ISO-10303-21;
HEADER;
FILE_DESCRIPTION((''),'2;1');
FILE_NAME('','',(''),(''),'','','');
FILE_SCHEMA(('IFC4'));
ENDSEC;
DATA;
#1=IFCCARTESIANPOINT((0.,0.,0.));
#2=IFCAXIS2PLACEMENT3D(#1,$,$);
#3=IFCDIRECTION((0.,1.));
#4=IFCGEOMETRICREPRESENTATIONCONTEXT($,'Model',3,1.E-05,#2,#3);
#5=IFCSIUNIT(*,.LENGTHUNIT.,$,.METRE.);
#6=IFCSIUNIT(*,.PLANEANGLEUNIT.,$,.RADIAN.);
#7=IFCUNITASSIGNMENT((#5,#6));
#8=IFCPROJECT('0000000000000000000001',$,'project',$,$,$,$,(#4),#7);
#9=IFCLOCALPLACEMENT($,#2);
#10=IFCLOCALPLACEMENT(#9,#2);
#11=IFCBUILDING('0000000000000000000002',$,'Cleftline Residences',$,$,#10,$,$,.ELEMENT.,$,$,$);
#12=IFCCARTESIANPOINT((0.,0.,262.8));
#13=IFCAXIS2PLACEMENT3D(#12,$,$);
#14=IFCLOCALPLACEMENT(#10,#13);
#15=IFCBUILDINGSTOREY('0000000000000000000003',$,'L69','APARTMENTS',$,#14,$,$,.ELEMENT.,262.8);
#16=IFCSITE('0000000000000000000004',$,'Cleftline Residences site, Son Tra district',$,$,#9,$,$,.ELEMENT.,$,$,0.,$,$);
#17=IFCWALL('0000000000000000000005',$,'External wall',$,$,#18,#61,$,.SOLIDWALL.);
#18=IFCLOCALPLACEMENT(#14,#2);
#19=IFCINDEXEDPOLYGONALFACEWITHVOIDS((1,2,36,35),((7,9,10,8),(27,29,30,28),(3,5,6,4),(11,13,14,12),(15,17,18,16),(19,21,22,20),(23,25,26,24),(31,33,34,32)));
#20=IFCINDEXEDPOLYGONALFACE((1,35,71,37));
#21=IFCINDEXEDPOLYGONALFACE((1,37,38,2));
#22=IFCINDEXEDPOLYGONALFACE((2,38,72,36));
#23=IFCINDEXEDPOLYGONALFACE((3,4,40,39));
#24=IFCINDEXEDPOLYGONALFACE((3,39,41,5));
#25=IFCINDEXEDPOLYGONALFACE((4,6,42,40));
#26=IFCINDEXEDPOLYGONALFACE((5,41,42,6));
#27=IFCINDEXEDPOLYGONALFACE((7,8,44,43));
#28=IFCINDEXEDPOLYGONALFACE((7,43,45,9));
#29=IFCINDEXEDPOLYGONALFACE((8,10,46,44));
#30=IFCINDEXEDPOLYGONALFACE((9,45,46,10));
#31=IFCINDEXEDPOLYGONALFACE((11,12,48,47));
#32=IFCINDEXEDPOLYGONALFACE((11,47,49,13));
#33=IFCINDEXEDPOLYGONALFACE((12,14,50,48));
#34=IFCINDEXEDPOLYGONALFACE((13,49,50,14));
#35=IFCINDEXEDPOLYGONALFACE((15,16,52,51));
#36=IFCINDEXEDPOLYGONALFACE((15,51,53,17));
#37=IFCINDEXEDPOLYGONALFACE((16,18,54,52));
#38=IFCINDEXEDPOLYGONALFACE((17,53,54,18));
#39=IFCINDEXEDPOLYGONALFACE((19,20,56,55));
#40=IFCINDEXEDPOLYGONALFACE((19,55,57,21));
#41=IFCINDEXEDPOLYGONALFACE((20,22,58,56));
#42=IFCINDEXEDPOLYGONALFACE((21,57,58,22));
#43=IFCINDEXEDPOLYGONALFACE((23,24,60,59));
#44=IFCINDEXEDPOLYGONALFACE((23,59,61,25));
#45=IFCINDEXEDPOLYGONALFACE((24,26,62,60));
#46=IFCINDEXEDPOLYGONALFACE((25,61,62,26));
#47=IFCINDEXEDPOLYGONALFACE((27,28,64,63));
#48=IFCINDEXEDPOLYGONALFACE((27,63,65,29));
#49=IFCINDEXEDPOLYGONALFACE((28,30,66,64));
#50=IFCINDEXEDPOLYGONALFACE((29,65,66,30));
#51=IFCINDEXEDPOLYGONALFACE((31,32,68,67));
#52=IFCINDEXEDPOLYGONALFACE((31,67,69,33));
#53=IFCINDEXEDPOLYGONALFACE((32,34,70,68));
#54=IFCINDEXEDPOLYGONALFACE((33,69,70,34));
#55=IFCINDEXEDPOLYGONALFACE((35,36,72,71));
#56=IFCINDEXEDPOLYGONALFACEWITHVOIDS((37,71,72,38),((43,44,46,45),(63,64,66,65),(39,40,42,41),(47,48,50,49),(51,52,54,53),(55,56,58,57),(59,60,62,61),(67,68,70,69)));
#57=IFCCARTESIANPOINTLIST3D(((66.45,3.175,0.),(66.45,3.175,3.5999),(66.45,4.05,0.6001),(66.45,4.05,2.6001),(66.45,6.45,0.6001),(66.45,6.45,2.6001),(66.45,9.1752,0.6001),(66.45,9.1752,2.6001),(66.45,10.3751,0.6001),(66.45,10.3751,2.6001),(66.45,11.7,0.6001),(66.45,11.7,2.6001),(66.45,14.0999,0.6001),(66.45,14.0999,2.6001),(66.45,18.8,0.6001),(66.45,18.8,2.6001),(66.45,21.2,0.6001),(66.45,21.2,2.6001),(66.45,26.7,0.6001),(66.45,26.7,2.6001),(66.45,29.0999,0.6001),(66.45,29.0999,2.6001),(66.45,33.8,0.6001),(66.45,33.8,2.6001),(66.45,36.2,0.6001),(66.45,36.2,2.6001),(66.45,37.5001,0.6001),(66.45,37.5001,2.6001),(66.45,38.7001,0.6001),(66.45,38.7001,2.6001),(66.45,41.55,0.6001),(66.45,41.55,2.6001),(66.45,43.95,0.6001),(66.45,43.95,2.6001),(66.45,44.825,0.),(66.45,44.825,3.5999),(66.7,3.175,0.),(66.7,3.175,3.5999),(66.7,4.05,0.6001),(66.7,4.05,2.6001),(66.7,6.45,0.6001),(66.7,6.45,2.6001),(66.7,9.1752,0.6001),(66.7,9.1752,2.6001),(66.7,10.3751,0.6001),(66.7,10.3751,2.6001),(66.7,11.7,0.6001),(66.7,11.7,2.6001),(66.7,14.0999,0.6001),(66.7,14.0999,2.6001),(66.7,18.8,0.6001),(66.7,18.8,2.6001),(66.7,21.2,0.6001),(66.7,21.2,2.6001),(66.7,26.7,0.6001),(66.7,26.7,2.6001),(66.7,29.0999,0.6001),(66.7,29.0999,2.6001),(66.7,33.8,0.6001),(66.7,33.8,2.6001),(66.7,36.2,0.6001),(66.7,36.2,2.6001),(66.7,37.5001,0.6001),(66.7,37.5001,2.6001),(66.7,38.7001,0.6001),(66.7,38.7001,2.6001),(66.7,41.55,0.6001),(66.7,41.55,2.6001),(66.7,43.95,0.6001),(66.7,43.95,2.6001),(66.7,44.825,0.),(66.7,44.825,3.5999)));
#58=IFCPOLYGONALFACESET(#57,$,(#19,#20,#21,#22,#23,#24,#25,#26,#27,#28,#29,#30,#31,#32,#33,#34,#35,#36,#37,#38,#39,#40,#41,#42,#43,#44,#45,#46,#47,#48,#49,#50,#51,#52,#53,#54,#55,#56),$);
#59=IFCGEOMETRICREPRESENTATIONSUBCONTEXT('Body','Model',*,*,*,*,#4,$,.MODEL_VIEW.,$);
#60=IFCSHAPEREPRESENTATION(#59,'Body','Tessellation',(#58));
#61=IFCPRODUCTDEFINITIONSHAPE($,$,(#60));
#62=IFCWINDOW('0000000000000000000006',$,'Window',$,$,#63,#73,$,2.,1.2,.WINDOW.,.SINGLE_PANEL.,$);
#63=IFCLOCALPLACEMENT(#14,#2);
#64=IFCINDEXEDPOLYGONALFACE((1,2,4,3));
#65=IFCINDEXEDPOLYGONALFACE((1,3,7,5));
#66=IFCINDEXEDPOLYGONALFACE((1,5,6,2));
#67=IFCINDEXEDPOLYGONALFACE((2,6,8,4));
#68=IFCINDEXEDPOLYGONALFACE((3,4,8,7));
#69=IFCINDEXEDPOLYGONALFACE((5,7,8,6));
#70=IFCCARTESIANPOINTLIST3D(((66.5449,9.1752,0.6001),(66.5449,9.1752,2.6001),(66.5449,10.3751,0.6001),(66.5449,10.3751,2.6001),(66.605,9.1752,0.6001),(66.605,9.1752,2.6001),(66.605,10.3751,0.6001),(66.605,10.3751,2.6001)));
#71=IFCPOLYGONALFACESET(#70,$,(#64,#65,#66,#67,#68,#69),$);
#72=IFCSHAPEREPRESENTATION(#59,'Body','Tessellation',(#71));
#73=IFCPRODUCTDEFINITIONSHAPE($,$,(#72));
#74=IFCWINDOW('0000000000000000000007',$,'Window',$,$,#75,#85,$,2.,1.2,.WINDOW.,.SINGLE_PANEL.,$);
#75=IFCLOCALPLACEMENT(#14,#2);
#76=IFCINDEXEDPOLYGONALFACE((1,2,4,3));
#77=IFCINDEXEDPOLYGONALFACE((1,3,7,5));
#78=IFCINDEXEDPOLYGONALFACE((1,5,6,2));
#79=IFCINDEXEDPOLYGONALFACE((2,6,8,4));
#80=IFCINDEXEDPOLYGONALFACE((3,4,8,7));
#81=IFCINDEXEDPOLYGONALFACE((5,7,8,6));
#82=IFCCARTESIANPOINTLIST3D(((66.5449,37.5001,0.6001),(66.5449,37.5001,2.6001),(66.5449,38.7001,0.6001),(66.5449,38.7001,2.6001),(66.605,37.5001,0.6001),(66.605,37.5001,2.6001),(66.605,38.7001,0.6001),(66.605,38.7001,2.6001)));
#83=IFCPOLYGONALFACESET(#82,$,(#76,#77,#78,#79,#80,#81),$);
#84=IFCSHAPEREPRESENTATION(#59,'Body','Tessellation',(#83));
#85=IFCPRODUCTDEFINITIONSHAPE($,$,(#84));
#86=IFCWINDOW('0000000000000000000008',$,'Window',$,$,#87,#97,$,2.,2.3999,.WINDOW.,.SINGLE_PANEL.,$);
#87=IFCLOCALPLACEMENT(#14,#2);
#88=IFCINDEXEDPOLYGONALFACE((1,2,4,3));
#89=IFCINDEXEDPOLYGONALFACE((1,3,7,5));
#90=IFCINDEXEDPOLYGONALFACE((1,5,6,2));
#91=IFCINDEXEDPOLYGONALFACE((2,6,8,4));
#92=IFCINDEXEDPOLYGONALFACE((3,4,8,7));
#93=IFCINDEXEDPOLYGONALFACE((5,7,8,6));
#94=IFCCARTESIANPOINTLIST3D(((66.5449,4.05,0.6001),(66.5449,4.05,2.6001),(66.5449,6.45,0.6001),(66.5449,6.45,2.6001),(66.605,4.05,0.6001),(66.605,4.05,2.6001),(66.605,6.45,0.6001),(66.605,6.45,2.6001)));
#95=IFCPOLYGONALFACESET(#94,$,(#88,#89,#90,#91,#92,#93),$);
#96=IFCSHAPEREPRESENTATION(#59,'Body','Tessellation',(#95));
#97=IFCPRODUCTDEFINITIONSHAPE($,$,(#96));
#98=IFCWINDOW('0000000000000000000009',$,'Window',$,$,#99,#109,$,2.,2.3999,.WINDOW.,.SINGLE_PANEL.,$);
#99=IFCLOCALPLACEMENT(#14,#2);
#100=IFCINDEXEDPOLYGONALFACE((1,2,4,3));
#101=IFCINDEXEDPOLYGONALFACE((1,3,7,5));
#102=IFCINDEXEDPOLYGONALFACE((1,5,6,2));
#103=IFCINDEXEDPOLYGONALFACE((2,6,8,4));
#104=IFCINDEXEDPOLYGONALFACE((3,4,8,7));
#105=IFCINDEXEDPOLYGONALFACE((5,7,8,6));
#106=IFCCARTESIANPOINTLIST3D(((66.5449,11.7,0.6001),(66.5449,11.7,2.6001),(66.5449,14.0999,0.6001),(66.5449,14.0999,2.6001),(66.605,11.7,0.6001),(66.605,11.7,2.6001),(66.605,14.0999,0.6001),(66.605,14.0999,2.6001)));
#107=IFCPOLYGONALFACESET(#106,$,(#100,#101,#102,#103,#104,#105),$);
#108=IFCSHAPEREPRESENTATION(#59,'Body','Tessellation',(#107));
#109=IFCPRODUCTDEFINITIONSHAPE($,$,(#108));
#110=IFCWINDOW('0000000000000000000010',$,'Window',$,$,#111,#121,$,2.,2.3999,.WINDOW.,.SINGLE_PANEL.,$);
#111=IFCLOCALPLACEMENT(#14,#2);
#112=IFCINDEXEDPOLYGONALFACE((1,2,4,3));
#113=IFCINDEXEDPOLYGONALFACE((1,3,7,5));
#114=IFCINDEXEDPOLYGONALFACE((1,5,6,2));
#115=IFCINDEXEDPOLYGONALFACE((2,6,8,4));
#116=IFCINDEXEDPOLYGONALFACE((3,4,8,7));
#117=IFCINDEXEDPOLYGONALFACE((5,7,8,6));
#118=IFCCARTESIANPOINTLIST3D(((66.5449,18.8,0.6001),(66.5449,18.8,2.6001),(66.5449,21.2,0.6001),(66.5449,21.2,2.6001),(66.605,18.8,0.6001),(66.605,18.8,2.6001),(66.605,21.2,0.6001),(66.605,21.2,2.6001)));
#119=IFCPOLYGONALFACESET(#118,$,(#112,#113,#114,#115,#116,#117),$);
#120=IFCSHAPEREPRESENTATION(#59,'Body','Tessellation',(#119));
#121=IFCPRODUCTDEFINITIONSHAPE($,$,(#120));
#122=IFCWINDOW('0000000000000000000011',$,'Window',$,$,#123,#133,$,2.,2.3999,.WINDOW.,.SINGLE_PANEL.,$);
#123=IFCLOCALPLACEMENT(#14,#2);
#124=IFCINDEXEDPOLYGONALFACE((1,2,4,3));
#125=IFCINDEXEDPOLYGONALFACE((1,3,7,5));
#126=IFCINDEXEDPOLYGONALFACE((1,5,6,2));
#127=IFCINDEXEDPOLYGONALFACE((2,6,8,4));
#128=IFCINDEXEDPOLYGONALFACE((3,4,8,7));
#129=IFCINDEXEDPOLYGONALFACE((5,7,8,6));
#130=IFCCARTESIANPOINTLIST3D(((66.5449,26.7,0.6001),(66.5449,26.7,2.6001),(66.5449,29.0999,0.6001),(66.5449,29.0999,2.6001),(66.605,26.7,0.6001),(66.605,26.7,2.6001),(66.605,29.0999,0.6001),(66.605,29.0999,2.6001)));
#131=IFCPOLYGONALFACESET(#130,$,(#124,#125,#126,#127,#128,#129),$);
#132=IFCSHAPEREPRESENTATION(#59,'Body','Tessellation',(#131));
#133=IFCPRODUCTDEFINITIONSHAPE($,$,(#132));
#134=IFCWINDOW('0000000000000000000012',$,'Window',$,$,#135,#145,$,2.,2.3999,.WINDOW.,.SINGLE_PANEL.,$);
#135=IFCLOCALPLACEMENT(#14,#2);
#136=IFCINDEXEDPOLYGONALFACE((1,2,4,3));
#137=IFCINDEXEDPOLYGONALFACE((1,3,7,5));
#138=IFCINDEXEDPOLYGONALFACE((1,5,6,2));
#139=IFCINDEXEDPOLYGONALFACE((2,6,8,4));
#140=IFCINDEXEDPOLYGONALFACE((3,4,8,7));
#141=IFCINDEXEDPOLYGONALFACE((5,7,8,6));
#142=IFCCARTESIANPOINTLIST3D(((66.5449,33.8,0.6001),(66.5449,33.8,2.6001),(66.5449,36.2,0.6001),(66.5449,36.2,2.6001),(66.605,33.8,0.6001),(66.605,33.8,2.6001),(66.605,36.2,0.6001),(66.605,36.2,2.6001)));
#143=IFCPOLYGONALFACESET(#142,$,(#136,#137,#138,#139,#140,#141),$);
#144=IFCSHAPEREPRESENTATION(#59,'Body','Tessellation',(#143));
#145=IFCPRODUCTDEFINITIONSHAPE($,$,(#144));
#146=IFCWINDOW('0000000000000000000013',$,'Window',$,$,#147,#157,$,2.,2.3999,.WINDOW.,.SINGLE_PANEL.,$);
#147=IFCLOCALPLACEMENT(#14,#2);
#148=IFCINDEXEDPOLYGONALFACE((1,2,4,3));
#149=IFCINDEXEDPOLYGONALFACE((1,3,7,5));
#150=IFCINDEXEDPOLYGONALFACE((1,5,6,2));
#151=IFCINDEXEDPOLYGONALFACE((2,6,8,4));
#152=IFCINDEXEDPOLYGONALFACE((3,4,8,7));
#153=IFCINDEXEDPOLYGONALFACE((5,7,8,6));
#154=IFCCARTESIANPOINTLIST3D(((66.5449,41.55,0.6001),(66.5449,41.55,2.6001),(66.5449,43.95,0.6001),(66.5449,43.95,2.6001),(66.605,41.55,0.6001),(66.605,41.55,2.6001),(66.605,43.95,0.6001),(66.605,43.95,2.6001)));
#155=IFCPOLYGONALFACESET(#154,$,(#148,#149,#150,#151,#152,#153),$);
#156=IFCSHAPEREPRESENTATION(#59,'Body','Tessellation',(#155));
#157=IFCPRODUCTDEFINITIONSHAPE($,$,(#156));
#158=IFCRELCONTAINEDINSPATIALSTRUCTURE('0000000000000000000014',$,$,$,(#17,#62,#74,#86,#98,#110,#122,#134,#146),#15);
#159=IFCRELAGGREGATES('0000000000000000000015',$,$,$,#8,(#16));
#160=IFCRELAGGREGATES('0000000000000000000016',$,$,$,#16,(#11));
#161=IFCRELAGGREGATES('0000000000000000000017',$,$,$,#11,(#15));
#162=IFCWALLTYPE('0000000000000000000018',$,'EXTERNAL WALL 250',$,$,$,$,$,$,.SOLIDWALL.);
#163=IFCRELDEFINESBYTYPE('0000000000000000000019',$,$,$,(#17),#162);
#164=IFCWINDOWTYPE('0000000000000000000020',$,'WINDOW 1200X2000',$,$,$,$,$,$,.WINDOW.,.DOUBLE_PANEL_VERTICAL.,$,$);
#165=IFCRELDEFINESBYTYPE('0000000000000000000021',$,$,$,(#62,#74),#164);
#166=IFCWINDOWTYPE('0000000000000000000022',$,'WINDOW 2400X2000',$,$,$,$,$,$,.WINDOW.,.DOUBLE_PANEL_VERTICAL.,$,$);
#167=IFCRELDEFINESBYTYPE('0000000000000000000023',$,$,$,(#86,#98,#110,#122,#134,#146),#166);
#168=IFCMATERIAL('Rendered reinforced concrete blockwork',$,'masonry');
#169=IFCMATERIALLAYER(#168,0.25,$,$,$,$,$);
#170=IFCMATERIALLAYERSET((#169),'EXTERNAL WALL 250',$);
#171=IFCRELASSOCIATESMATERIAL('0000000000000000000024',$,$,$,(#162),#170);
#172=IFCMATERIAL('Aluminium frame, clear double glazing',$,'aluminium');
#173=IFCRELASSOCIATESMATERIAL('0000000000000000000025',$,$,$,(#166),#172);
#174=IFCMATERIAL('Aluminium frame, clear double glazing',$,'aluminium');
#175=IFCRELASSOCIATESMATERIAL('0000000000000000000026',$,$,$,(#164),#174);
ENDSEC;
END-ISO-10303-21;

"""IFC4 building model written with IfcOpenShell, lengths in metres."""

from ifc_helpers import new_model, si_unit, direction, frame, frame_2d, origin, place, context, subcontext, project, spatial, rectangle, extrude, material, layer, layer_set, type_object, element, fill, save


model = new_model("IFC4")

# Units and contexts
model_context = context("Model", 3, precision=1e-05, world=origin(), true_north=direction((0.0, 1.0)))
body_context = subcontext(model_context, "Body", "Model", "MODEL_VIEW")
ifc_project = project(units=[si_unit("LENGTHUNIT", "METRE"), si_unit("PLANEANGLEUNIT", "RADIAN")], contexts=[model_context])

# Site, building, storey
site_placement = place(None, origin())
site = spatial("IfcSite", under=ifc_project, at=site_placement, Name="Cleftline Residences site, Son Tra district", CompositionType="ELEMENT", RefElevation=0.0)
building_placement = place(site_placement, origin())
building = spatial("IfcBuilding", under=site, at=building_placement, Name="Cleftline Residences", CompositionType="ELEMENT")
storey_placement = place(building_placement, frame((0.0, 0.0, 262.8)))
storey = spatial("IfcBuildingStorey", under=building, at=storey_placement, Name="L69", Description="APARTMENTS", CompositionType="ELEMENT", Elevation=262.8)

# Shared definitions
ifc_material_1 = material(Name="Rendered reinforced concrete blockwork", Category="masonry")
ifc_layer_1 = layer(ifc_material_1, 0.25)
ifc_layer_set_1 = layer_set([ifc_layer_1], Name="EXTERNAL WALL 250")
wall_type = type_object("IfcWallType", Name="EXTERNAL WALL 250", PredefinedType="SOLIDWALL", material=ifc_layer_set_1)
ifc_material_2 = material(Name="Aluminium frame, clear double glazing", Category="aluminium")
window_type_1 = type_object("IfcWindowType", Name="WINDOW 2400X2000", PartitioningType="DOUBLE_PANEL_VERTICAL", PredefinedType="WINDOW", material=ifc_material_2)

# Wall, openings, windows
wall_1_placement = place(storey_placement, frame((66.575, 3.175, 0.0), z_axis=(0.0, 0.0, 1.0), x_axis=(0.0, 1.0, 0.0)))
wall_1 = element("IfcWall", 1, at=wall_1_placement, inside=storey, type_object=wall_type, Name="External wall", PredefinedType="SOLIDWALL", context=body_context, shape_type="SweptSolid", body=[
    extrude(rectangle(XDim=41.6499, YDim=0.25, at=frame_2d((20.825, 0.0))), origin(), (0.0, 0.0, 1.0), 3.5999),
])
opening_1_placement = place(wall_1_placement, frame((0.875, 0.0, 0.6001)))
opening_1 = element("IfcOpeningElement", 2, at=opening_1_placement, cuts=wall_1, PredefinedType="OPENING", context=body_context, shape_type="SweptSolid", body=[
    extrude(rectangle(XDim=2.3999, YDim=2.0, at=frame_2d((1.2, 1.0))), frame((0.0, 0.135, 0.0), z_axis=(0.0, -1.0, 0.0), x_axis=(1.0, 0.0, 0.0)), (0.0, 0.0, 1.0), 0.27),
])
opening_2_placement = place(wall_1_placement, frame((6.0, 0.0, 0.6001)))
opening_2 = element("IfcOpeningElement", 3, at=opening_2_placement, cuts=wall_1, PredefinedType="OPENING", context=body_context, shape_type="SweptSolid", body=[
    extrude(rectangle(XDim=1.2, YDim=2.0, at=frame_2d((0.6001, 1.0))), frame((0.0, 0.135, 0.0), z_axis=(0.0, -1.0, 0.0), x_axis=(1.0, 0.0, 0.0)), (0.0, 0.0, 1.0), 0.27),
])
opening_3_placement = place(wall_1_placement, frame((8.5249, 0.0, 0.6001)))
opening_3 = element("IfcOpeningElement", 4, at=opening_3_placement, cuts=wall_1, PredefinedType="OPENING", context=body_context, shape_type="SweptSolid", body=[
    extrude(rectangle(XDim=2.3999, YDim=2.0, at=frame_2d((1.2, 1.0))), frame((0.0, 0.135, 0.0), z_axis=(0.0, -1.0, 0.0), x_axis=(1.0, 0.0, 0.0)), (0.0, 0.0, 1.0), 0.27),
])
opening_4_placement = place(wall_1_placement, frame((15.625, 0.0, 0.6001)))
opening_4 = element("IfcOpeningElement", 5, at=opening_4_placement, cuts=wall_1, PredefinedType="OPENING", context=body_context, shape_type="SweptSolid", body=[
    extrude(rectangle(XDim=2.3999, YDim=2.0, at=frame_2d((1.2, 1.0))), frame((0.0, 0.135, 0.0), z_axis=(0.0, -1.0, 0.0), x_axis=(1.0, 0.0, 0.0)), (0.0, 0.0, 1.0), 0.27),
])
opening_5_placement = place(wall_1_placement, frame((23.5249, 0.0, 0.6001)))
opening_5 = element("IfcOpeningElement", 6, at=opening_5_placement, cuts=wall_1, PredefinedType="OPENING", context=body_context, shape_type="SweptSolid", body=[
    extrude(rectangle(XDim=2.3999, YDim=2.0, at=frame_2d((1.2, 1.0))), frame((0.0, 0.135, 0.0), z_axis=(0.0, -1.0, 0.0), x_axis=(1.0, 0.0, 0.0)), (0.0, 0.0, 1.0), 0.27),
])
opening_6_placement = place(wall_1_placement, frame((30.625, 0.0, 0.6001)))
opening_6 = element("IfcOpeningElement", 7, at=opening_6_placement, cuts=wall_1, PredefinedType="OPENING", context=body_context, shape_type="SweptSolid", body=[
    extrude(rectangle(XDim=2.3999, YDim=2.0, at=frame_2d((1.2, 1.0))), frame((0.0, 0.135, 0.0), z_axis=(0.0, -1.0, 0.0), x_axis=(1.0, 0.0, 0.0)), (0.0, 0.0, 1.0), 0.27),
])
opening_7_placement = place(wall_1_placement, frame((34.325, 0.0, 0.6001)))
opening_7 = element("IfcOpeningElement", 8, at=opening_7_placement, cuts=wall_1, PredefinedType="OPENING", context=body_context, shape_type="SweptSolid", body=[
    extrude(rectangle(XDim=1.2, YDim=2.0, at=frame_2d((0.6001, 1.0))), frame((0.0, 0.135, 0.0), z_axis=(0.0, -1.0, 0.0), x_axis=(1.0, 0.0, 0.0)), (0.0, 0.0, 1.0), 0.27),
])
opening_8_placement = place(wall_1_placement, frame((38.375, 0.0, 0.6001)))
opening_8 = element("IfcOpeningElement", 9, at=opening_8_placement, cuts=wall_1, PredefinedType="OPENING", context=body_context, shape_type="SweptSolid", body=[
    extrude(rectangle(XDim=2.3999, YDim=2.0, at=frame_2d((1.2, 1.0))), frame((0.0, 0.135, 0.0), z_axis=(0.0, -1.0, 0.0), x_axis=(1.0, 0.0, 0.0)), (0.0, 0.0, 1.0), 0.27),
])
ifc_material_3 = material(Name="Aluminium frame, clear double glazing", Category="aluminium")
window_type_2 = type_object("IfcWindowType", Name="WINDOW 1200X2000", PartitioningType="DOUBLE_PANEL_VERTICAL", PredefinedType="WINDOW", material=ifc_material_3)
window_1_placement = place(opening_2_placement, origin())
window_1 = element("IfcWindow", 10, at=window_1_placement, inside=storey, type_object=window_type_2, Name="Window", OverallHeight=2.0, OverallWidth=1.2, PartitioningType="SINGLE_PANEL", PredefinedType="WINDOW", context=body_context, shape_type="SweptSolid", body=[
    extrude(rectangle(XDim=1.2, YDim=2.0, at=frame_2d((0.6001, 1.0))), frame((0.0, 0.03, 0.0), z_axis=(0.0, -1.0, 0.0), x_axis=(1.0, 0.0, 0.0)), (0.0, 0.0, 1.0), 0.0601),
])
fill(opening_2, window_1)
window_2_placement = place(opening_7_placement, origin())
window_2 = element("IfcWindow", 11, at=window_2_placement, inside=storey, type_object=window_type_2, Name="Window", OverallHeight=2.0, OverallWidth=1.2, PartitioningType="SINGLE_PANEL", PredefinedType="WINDOW", context=body_context, shape_type="SweptSolid", body=[
    extrude(rectangle(XDim=1.2, YDim=2.0, at=frame_2d((0.6001, 1.0))), frame((0.0, 0.03, 0.0), z_axis=(0.0, -1.0, 0.0), x_axis=(1.0, 0.0, 0.0)), (0.0, 0.0, 1.0), 0.0601),
])
fill(opening_7, window_2)
window_3_placement = place(opening_1_placement, origin())
window_3 = element("IfcWindow", 12, at=window_3_placement, inside=storey, type_object=window_type_1, Name="Window", OverallHeight=2.0, OverallWidth=2.3999, PartitioningType="SINGLE_PANEL", PredefinedType="WINDOW", context=body_context, shape_type="SweptSolid", body=[
    extrude(rectangle(XDim=2.3999, YDim=2.0, at=frame_2d((1.2, 1.0))), frame((0.0, 0.03, 0.0), z_axis=(0.0, -1.0, 0.0), x_axis=(1.0, 0.0, 0.0)), (0.0, 0.0, 1.0), 0.0601),
])
fill(opening_1, window_3)
window_4_placement = place(opening_3_placement, origin())
window_4 = element("IfcWindow", 13, at=window_4_placement, inside=storey, type_object=window_type_1, Name="Window", OverallHeight=2.0, OverallWidth=2.3999, PartitioningType="SINGLE_PANEL", PredefinedType="WINDOW", context=body_context, shape_type="SweptSolid", body=[
    extrude(rectangle(XDim=2.3999, YDim=2.0, at=frame_2d((1.2, 1.0))), frame((0.0, 0.03, 0.0), z_axis=(0.0, -1.0, 0.0), x_axis=(1.0, 0.0, 0.0)), (0.0, 0.0, 1.0), 0.0601),
])
fill(opening_3, window_4)
window_5_placement = place(opening_4_placement, origin())
window_5 = element("IfcWindow", 14, at=window_5_placement, inside=storey, type_object=window_type_1, Name="Window", OverallHeight=2.0, OverallWidth=2.3999, PartitioningType="SINGLE_PANEL", PredefinedType="WINDOW", context=body_context, shape_type="SweptSolid", body=[
    extrude(rectangle(XDim=2.3999, YDim=2.0, at=frame_2d((1.2, 1.0))), frame((0.0, 0.03, 0.0), z_axis=(0.0, -1.0, 0.0), x_axis=(1.0, 0.0, 0.0)), (0.0, 0.0, 1.0), 0.0601),
])
fill(opening_4, window_5)
window_6_placement = place(opening_5_placement, origin())
window_6 = element("IfcWindow", 15, at=window_6_placement, inside=storey, type_object=window_type_1, Name="Window", OverallHeight=2.0, OverallWidth=2.3999, PartitioningType="SINGLE_PANEL", PredefinedType="WINDOW", context=body_context, shape_type="SweptSolid", body=[
    extrude(rectangle(XDim=2.3999, YDim=2.0, at=frame_2d((1.2, 1.0))), frame((0.0, 0.03, 0.0), z_axis=(0.0, -1.0, 0.0), x_axis=(1.0, 0.0, 0.0)), (0.0, 0.0, 1.0), 0.0601),
])
fill(opening_5, window_6)
window_7_placement = place(opening_6_placement, origin())
window_7 = element("IfcWindow", 16, at=window_7_placement, inside=storey, type_object=window_type_1, Name="Window", OverallHeight=2.0, OverallWidth=2.3999, PartitioningType="SINGLE_PANEL", PredefinedType="WINDOW", context=body_context, shape_type="SweptSolid", body=[
    extrude(rectangle(XDim=2.3999, YDim=2.0, at=frame_2d((1.2, 1.0))), frame((0.0, 0.03, 0.0), z_axis=(0.0, -1.0, 0.0), x_axis=(1.0, 0.0, 0.0)), (0.0, 0.0, 1.0), 0.0601),
])
fill(opening_6, window_7)
window_8_placement = place(opening_8_placement, origin())
window_8 = element("IfcWindow", 17, at=window_8_placement, inside=storey, type_object=window_type_1, Name="Window", OverallHeight=2.0, OverallWidth=2.3999, PartitioningType="SINGLE_PANEL", PredefinedType="WINDOW", context=body_context, shape_type="SweptSolid", body=[
    extrude(rectangle(XDim=2.3999, YDim=2.0, at=frame_2d((1.2, 1.0))), frame((0.0, 0.03, 0.0), z_axis=(0.0, -1.0, 0.0), x_axis=(1.0, 0.0, 0.0)), (0.0, 0.0, 1.0), 0.0601),
])
fill(opening_8, window_8)

save(model, "model.ifc")
